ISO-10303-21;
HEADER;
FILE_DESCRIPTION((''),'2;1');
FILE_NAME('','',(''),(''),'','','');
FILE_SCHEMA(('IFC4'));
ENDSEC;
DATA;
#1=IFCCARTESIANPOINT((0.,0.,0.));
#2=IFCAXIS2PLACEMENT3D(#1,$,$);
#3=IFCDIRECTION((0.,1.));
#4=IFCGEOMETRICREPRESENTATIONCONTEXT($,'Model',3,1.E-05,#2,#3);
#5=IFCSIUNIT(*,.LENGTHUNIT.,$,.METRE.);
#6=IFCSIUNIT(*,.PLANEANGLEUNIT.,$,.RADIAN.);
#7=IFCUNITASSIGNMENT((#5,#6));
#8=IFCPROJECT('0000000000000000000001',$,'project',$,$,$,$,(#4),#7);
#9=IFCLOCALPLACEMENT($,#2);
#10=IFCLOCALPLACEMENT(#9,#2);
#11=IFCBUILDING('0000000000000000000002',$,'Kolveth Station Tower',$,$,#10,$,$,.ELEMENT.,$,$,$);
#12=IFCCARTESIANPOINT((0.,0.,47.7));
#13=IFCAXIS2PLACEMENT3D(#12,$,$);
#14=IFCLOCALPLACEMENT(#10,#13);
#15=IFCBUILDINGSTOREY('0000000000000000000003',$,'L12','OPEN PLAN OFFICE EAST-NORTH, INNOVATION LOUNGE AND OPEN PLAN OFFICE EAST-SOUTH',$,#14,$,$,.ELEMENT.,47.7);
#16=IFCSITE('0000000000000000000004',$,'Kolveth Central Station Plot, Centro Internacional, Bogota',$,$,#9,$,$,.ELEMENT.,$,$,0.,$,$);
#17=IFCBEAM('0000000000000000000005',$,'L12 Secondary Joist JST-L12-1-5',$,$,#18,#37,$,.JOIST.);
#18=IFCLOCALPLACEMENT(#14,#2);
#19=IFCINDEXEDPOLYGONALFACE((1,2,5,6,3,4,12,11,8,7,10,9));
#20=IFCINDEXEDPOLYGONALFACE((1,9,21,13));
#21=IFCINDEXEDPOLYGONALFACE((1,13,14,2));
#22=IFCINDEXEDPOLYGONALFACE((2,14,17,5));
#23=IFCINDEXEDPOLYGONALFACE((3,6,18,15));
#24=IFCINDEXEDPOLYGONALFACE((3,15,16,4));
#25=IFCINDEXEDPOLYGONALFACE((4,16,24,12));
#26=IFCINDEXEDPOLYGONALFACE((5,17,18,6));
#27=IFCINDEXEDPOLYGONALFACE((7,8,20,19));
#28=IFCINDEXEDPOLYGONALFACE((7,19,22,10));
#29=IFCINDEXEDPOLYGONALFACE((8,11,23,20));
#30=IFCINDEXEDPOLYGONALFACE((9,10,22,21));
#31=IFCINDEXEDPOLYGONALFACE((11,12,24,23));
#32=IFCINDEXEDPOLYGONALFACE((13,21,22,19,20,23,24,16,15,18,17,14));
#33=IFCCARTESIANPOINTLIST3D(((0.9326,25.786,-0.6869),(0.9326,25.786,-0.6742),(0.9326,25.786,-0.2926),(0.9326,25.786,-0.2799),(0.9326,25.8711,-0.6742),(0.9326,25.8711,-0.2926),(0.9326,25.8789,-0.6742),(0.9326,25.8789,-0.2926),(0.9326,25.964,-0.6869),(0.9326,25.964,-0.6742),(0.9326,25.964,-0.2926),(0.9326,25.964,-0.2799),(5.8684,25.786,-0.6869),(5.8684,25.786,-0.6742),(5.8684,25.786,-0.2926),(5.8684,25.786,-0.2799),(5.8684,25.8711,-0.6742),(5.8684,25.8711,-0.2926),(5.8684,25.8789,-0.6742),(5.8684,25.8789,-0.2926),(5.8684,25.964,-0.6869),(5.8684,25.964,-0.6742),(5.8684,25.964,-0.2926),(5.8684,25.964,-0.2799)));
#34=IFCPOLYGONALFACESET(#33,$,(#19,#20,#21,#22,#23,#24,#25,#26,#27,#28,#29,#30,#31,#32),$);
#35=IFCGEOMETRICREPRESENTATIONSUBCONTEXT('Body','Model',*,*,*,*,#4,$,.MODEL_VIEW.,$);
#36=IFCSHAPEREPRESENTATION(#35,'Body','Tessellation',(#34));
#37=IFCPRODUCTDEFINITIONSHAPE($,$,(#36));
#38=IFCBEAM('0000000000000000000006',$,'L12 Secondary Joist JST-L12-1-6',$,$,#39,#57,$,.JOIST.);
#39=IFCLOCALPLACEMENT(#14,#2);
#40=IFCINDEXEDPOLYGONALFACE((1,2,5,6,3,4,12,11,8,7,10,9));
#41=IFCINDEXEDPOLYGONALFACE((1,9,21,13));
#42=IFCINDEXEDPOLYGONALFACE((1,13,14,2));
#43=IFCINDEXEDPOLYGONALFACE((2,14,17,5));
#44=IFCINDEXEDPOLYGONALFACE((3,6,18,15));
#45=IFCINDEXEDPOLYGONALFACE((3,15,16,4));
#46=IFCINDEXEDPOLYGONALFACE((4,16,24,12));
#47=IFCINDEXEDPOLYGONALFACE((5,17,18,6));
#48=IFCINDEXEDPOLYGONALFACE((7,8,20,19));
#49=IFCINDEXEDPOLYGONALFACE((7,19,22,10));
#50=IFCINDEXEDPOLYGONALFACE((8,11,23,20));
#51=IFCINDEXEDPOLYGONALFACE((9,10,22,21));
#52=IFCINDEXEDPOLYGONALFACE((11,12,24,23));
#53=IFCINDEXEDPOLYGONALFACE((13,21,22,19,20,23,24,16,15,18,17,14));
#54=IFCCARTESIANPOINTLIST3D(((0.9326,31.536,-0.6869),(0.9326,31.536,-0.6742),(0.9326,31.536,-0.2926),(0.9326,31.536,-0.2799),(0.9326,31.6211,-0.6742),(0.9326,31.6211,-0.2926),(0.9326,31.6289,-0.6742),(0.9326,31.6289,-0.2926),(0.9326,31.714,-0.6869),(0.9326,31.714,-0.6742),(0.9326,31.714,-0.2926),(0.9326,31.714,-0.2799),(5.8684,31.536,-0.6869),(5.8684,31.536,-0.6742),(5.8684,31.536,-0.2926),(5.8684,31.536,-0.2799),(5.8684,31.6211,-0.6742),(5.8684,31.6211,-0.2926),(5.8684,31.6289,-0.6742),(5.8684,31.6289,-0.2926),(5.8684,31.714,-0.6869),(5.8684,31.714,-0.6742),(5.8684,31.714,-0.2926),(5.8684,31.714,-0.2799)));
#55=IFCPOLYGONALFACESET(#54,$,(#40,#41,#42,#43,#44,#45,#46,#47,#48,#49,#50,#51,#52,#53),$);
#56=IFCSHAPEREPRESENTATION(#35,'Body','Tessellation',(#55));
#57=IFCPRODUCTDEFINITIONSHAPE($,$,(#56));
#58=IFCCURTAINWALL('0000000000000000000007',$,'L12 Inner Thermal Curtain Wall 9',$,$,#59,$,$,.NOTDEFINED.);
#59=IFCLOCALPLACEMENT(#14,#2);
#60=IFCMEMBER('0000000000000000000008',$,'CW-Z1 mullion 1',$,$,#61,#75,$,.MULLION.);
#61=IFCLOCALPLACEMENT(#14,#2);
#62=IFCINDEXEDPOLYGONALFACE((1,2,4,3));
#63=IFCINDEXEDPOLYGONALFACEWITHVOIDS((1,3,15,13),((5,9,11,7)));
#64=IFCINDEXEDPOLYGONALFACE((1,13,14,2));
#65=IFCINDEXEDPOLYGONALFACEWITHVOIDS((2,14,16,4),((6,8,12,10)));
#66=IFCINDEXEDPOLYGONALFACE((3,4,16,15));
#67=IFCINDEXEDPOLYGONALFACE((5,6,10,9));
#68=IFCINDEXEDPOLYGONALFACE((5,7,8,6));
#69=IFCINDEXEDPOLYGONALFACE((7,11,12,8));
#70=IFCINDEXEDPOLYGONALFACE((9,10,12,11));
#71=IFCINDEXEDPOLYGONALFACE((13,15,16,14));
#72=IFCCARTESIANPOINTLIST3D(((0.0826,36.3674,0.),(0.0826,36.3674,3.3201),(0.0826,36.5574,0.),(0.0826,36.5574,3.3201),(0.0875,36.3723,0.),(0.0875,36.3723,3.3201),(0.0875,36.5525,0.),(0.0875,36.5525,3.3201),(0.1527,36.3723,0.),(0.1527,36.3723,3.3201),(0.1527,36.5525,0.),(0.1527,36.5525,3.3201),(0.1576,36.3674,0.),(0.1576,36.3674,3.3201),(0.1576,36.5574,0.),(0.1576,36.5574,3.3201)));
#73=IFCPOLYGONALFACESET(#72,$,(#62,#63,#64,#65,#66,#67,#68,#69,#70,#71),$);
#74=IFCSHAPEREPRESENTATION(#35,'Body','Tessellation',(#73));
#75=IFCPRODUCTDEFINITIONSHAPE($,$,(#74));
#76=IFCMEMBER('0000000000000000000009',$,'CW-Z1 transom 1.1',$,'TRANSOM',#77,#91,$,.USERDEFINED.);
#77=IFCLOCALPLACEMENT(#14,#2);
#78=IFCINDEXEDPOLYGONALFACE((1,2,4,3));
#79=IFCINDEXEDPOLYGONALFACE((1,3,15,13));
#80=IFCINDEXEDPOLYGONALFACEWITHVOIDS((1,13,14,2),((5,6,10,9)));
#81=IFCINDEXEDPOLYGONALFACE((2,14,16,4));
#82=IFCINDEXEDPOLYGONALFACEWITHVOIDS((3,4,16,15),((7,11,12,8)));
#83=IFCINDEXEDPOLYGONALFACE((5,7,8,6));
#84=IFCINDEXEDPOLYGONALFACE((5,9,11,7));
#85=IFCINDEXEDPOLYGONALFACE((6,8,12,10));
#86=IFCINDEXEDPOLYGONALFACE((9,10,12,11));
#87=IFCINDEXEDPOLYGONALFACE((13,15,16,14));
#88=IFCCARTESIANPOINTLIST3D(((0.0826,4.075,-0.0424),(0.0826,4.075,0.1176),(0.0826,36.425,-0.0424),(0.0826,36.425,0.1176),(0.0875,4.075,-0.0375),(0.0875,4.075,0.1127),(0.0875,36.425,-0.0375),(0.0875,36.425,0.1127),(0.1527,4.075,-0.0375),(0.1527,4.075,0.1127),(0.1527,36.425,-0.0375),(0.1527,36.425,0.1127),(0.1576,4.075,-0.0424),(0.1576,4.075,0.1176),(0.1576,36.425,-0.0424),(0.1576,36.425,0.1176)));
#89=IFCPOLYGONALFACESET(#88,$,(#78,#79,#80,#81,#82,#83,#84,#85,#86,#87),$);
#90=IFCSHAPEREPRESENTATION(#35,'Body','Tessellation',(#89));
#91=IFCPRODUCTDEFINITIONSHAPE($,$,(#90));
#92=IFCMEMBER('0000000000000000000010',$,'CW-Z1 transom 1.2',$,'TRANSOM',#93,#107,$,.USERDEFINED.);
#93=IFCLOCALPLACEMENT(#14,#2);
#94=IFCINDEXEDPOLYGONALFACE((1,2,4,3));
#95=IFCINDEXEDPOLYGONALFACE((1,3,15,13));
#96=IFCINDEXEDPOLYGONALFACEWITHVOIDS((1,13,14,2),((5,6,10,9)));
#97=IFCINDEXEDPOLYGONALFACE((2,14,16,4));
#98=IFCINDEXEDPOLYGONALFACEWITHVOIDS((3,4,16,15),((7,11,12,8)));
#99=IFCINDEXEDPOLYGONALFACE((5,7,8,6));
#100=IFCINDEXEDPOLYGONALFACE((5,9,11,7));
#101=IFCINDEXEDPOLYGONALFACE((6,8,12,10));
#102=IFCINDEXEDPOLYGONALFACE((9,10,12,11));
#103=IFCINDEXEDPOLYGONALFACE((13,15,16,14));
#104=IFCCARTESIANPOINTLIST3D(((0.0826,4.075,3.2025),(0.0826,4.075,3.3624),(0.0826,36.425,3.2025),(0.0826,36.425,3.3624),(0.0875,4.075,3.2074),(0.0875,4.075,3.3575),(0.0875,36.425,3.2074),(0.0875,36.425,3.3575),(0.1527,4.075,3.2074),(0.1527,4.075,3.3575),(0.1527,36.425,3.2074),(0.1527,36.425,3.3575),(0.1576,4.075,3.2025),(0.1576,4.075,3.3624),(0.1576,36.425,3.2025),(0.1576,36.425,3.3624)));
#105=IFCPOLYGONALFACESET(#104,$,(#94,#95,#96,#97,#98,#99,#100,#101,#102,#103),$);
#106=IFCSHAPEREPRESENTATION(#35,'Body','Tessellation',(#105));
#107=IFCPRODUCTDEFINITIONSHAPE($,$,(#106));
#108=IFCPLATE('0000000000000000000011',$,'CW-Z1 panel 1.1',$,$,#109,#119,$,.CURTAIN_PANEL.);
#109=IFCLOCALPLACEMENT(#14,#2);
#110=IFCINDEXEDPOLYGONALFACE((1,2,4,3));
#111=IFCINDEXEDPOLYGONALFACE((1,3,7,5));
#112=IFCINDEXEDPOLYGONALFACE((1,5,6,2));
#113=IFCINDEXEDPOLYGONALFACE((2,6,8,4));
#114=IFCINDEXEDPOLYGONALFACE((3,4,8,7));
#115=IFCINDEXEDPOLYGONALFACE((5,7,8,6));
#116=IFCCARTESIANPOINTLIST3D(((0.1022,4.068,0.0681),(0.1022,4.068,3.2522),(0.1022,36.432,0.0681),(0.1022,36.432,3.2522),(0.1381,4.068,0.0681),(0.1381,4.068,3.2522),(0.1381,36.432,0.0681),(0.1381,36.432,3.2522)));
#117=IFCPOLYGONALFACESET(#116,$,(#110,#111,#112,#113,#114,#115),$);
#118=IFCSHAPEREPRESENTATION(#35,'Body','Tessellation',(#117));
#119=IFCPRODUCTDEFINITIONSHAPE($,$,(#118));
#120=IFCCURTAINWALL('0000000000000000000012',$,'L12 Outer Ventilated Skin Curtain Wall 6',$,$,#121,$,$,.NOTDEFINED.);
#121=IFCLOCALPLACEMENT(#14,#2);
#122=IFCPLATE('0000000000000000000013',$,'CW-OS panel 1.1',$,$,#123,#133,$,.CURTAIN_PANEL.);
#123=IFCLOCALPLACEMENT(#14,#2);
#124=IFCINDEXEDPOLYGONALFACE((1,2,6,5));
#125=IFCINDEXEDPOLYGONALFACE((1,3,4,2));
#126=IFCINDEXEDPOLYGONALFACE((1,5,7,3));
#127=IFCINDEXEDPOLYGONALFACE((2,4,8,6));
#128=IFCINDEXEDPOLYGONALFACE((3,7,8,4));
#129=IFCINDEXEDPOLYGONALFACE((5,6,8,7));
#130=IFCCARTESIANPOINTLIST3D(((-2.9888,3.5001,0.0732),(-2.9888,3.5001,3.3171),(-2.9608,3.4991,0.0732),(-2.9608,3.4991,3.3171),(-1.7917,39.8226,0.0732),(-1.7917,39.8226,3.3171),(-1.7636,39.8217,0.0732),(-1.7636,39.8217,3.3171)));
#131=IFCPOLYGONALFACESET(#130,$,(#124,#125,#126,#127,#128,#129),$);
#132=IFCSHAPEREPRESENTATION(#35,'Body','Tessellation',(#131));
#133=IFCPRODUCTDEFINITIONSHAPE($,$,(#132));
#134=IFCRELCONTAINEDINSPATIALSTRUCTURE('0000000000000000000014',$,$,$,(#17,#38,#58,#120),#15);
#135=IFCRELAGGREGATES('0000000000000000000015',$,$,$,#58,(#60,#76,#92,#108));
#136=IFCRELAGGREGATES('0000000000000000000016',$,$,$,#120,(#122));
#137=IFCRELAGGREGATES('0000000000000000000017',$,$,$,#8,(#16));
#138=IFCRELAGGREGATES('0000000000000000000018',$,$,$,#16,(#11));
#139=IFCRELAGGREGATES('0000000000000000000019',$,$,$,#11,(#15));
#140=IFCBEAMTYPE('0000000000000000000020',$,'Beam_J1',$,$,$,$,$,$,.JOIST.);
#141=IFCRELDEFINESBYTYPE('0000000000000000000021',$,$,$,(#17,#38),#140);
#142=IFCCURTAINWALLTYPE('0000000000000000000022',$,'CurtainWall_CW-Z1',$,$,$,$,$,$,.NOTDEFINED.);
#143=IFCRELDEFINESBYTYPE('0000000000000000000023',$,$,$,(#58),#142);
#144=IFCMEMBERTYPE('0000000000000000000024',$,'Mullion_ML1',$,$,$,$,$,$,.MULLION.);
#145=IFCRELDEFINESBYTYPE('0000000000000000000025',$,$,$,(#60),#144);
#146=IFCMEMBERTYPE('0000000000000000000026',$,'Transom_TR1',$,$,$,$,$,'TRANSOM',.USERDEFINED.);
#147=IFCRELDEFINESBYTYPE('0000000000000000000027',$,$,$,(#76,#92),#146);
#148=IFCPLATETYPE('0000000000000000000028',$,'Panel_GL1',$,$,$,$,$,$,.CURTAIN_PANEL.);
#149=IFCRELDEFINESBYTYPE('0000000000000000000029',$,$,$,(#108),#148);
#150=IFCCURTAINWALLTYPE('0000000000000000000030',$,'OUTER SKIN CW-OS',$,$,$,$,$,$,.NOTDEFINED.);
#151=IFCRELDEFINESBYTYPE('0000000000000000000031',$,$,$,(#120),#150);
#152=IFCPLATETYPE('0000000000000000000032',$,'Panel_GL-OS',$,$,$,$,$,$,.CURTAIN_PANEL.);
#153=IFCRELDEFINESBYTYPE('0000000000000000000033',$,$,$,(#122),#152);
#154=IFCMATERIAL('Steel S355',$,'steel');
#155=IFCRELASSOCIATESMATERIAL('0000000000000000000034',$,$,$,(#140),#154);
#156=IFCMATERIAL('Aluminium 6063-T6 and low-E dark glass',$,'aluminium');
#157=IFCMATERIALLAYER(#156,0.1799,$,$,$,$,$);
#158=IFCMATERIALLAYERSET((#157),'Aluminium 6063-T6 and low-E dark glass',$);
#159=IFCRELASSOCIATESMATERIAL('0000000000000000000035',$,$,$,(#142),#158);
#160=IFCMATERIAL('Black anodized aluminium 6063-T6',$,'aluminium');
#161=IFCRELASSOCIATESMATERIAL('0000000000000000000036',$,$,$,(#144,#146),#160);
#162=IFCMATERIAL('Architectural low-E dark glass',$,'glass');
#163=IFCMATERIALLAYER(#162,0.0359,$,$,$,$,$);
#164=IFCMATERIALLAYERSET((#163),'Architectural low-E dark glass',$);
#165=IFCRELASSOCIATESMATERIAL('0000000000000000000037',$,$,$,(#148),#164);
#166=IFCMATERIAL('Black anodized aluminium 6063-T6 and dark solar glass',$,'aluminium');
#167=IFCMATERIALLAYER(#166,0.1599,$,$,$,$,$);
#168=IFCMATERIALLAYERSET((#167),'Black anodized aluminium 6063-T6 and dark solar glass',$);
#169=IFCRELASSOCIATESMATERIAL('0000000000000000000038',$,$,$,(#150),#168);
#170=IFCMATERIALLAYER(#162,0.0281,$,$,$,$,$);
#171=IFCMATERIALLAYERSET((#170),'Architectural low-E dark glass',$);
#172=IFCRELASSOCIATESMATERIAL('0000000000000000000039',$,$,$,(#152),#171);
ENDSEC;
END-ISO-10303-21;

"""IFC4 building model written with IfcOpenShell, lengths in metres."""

from ifc_helpers import new_model, si_unit, direction, frame, origin, origin_2d, place, context, subcontext, project, spatial, rectangle, hollow_rectangle, i_section, extrude, source, transform, mapped, material, layer, layer_set, material_profile, profile_set, type_object, element, aggregate, save


model = new_model("IFC4")

# Units and contexts
model_context = context("Model", 3, precision=1e-05, world=origin(), true_north=direction((0.0, 1.0)))
body_context = subcontext(model_context, "Body", "Model", "MODEL_VIEW")
ifc_project = project(units=[si_unit("LENGTHUNIT", "METRE"), si_unit("PLANEANGLEUNIT", "RADIAN")], contexts=[model_context])

# Site, building, storey
site_placement = place(None, origin())
site = spatial("IfcSite", under=ifc_project, at=site_placement, Name="Kolveth Central Station Plot, Centro Internacional, Bogota", CompositionType="ELEMENT", RefElevation=0.0)
building_placement = place(site_placement, origin())
building = spatial("IfcBuilding", under=site, at=building_placement, Name="Kolveth Station Tower", CompositionType="ELEMENT")
storey_placement = place(building_placement, frame((0.0, 0.0, 47.7)))
storey = spatial("IfcBuildingStorey", under=building, at=storey_placement, Name="L12", Description="OPEN PLAN OFFICE EAST-NORTH, INNOVATION LOUNGE AND OPEN PLAN OFFICE EAST-SOUTH", CompositionType="ELEMENT", Elevation=47.7)

# Shared definitions
ifc_material_1 = material(Name="Steel S355", Category="steel")

# Beams
ifc_material_profile_1 = material_profile(ifc_material_1, i_section(OverallWidth=0.178, OverallDepth=0.407, WebThickness=0.0078, FlangeThickness=0.0127, at=origin_2d()), Name="W410x60")
ifc_profile_set_1 = profile_set([ifc_material_profile_1], Name="Steel S355")
beam_type_1 = type_object("IfcBeamType", Name="Beam_J1", PredefinedType="JOIST", material=ifc_profile_set_1)
shared_shape_1 = source(origin(), body_context, "Body", "SweptSolid", [
    extrude(i_section(OverallWidth=0.178, OverallDepth=0.407, WebThickness=0.0078, FlangeThickness=0.0127, at=origin_2d()), origin(), (0.0, 0.0, 1.0), 4.9358),
])
for number, where, z_axis, x_axis, name in (
    (1, (0.9326, 25.875, -0.4834), (1.0, 0.0, 0.0), (0.0, 1.0, 0.0), "L12 Secondary Joist JST-L12-1-5"),
    (2, (0.9326, 31.625, -0.4834), (1.0, 0.0, 0.0), (0.0, 1.0, 0.0), "L12 Secondary Joist JST-L12-1-6"),
):
    element("IfcBeam", number, at=place(storey_placement, frame(where, z_axis=z_axis, x_axis=x_axis)), inside=storey, type_object=beam_type_1, Name=name, PredefinedType="JOIST", context=body_context, shape_type="MappedRepresentation", body=[
        mapped(shared_shape_1, transform((0.0, 0.0, 0.0), x_axis=(1.0, 0.0, 0.0), y_axis=(0.0, 1.0, 0.0), z_axis=(0.0, 0.0, 1.0), scale=1.0)),
    ])

# Curtain wall, members, plate
ifc_material_2 = material(Name="Aluminium 6063-T6 and low-E dark glass", Category="aluminium")
ifc_layer_1 = layer(ifc_material_2, 0.1799)
ifc_layer_set_1 = layer_set([ifc_layer_1], Name="Aluminium 6063-T6 and low-E dark glass")
curtain_wall_type_1 = type_object("IfcCurtainWallType", Name="CurtainWall_CW-Z1", PredefinedType="NOTDEFINED", material=ifc_layer_set_1)
curtain_wall_1_placement = place(storey_placement, origin())
curtain_wall_1 = element("IfcCurtainWall", 3, at=curtain_wall_1_placement, inside=storey, type_object=curtain_wall_type_1, Name="L12 Inner Thermal Curtain Wall 9", PredefinedType="NOTDEFINED")
ifc_material_3 = material(Name="Black anodized aluminium 6063-T6", Category="aluminium")
ifc_material_profile_2 = material_profile(ifc_material_3, hollow_rectangle(XDim=0.075, YDim=0.1899, WallThickness=0.0049, at=origin_2d()), Name="ALU-75x190x5")
ifc_profile_set_2 = profile_set([ifc_material_profile_2], Name="Black anodized aluminium 6063-T6")
member_type_1 = type_object("IfcMemberType", Name="Mullion_ML1", PredefinedType="MULLION", material=ifc_profile_set_2)
shared_shape_2 = source(origin(), body_context, "Body", "SweptSolid", [
    extrude(hollow_rectangle(XDim=0.075, YDim=0.1899, WallThickness=0.0049, at=origin_2d()), origin(), (0.0, 0.0, 1.0), 3.3201),
])
member_1_placement = place(storey_placement, frame((0.1201, 36.4624, 0.0), z_axis=(0.0, 0.0, 1.0), x_axis=(1.0, 0.0, 0.0)))
member_1 = element("IfcMember", 4, at=member_1_placement, type_object=member_type_1, Name="CW-Z1 mullion 1", PredefinedType="MULLION", context=body_context, shape_type="MappedRepresentation", body=[
    mapped(shared_shape_2, transform((0.0, 0.0, 0.0), x_axis=(1.0, 0.0, 0.0), y_axis=(0.0, 1.0, 0.0), z_axis=(0.0, 0.0, 1.0), scale=1.0)),
])
ifc_material_profile_3 = material_profile(ifc_material_3, hollow_rectangle(XDim=0.075, YDim=0.1599, WallThickness=0.0049, at=origin_2d()), Name="ALU-75x160x5")
ifc_profile_set_3 = profile_set([ifc_material_profile_3], Name="Black anodized aluminium 6063-T6")
member_type_2 = type_object("IfcMemberType", Name="Transom_TR1", ElementType="TRANSOM", PredefinedType="USERDEFINED", material=ifc_profile_set_3)
shared_shape_3 = source(origin(), body_context, "Body", "SweptSolid", [
    extrude(hollow_rectangle(XDim=0.075, YDim=0.1599, WallThickness=0.0049, at=origin_2d()), origin(), (0.0, 0.0, 1.0), 32.3501),
])
member_2_placement = place(storey_placement, frame((0.1201, 36.425, 0.0376), z_axis=(0.0, -1.0, 0.0), x_axis=(1.0, 0.0, 0.0)))
member_2 = element("IfcMember", 5, at=member_2_placement, type_object=member_type_2, Name="CW-Z1 transom 1.1", ObjectType="TRANSOM", PredefinedType="USERDEFINED", context=body_context, shape_type="MappedRepresentation", body=[
    mapped(shared_shape_3, transform((0.0, 0.0, 0.0), x_axis=(1.0, 0.0, 0.0), y_axis=(0.0, 1.0, 0.0), z_axis=(0.0, 0.0, 1.0), scale=1.0)),
])
member_3_placement = place(storey_placement, frame((0.1201, 36.425, 3.2825), z_axis=(0.0, -1.0, 0.0), x_axis=(1.0, 0.0, 0.0)))
member_3 = element("IfcMember", 6, at=member_3_placement, type_object=member_type_2, Name="CW-Z1 transom 1.2", ObjectType="TRANSOM", PredefinedType="USERDEFINED", context=body_context, shape_type="MappedRepresentation", body=[
    mapped(shared_shape_3, transform((0.0, 0.0, 0.0), x_axis=(1.0, 0.0, 0.0), y_axis=(0.0, 1.0, 0.0), z_axis=(0.0, 0.0, 1.0), scale=1.0)),
])
ifc_material_4 = material(Name="Architectural low-E dark glass", Category="glass")
ifc_layer_2 = layer(ifc_material_4, 0.0359)
ifc_layer_set_2 = layer_set([ifc_layer_2], Name="Architectural low-E dark glass")
plate_type_1 = type_object("IfcPlateType", Name="Panel_GL1", PredefinedType="CURTAIN_PANEL", material=ifc_layer_set_2)
shared_shape_4 = source(origin(), body_context, "Body", "SweptSolid", [
    extrude(rectangle(XDim=32.364, YDim=0.0359, at=origin_2d()), origin(), (0.0, 0.0, 1.0), 3.1841),
])
plate_1_placement = place(storey_placement, frame((0.1201, 20.25, 0.0681), z_axis=(0.0, 0.0, 1.0), x_axis=(0.0, -1.0, 0.0)))
plate_1 = element("IfcPlate", 7, at=plate_1_placement, type_object=plate_type_1, Name="CW-Z1 panel 1.1", PredefinedType="CURTAIN_PANEL", context=body_context, shape_type="MappedRepresentation", body=[
    mapped(shared_shape_4, transform((0.0, 0.0, 0.0), x_axis=(1.0, 0.0, 0.0), y_axis=(0.0, 1.0, 0.0), z_axis=(0.0, 0.0, 1.0), scale=1.0)),
])
aggregate(curtain_wall_1, [member_1, member_2, member_3, plate_1])

# Curtain wall, plate
ifc_material_5 = material(Name="Black anodized aluminium 6063-T6 and dark solar glass", Category="aluminium")
ifc_layer_3 = layer(ifc_material_5, 0.1599)
ifc_layer_set_3 = layer_set([ifc_layer_3], Name="Black anodized aluminium 6063-T6 and dark solar glass")
curtain_wall_type_2 = type_object("IfcCurtainWallType", Name="OUTER SKIN CW-OS", PredefinedType="NOTDEFINED", material=ifc_layer_set_3)
curtain_wall_2_placement = place(storey_placement, origin())
curtain_wall_2 = element("IfcCurtainWall", 8, at=curtain_wall_2_placement, inside=storey, type_object=curtain_wall_type_2, Name="L12 Outer Ventilated Skin Curtain Wall 6", PredefinedType="NOTDEFINED")
ifc_layer_4 = layer(ifc_material_4, 0.0281)
ifc_layer_set_4 = layer_set([ifc_layer_4], Name="Architectural low-E dark glass")
plate_type_2 = type_object("IfcPlateType", Name="Panel_GL-OS", PredefinedType="CURTAIN_PANEL", material=ifc_layer_set_4)
shared_shape_5 = source(origin(), body_context, "Body", "SweptSolid", [
    extrude(rectangle(XDim=36.3423, YDim=0.0281, at=origin_2d()), origin(), (0.0, 0.0, 1.0), 3.2439),
])
plate_2_placement = place(storey_placement, frame((-2.3762, 21.6609, 0.0732), z_axis=(0.0, 0.0, 1.0), x_axis=(-0.03294, -0.999457, 0.0)))
plate_2 = element("IfcPlate", 9, at=plate_2_placement, type_object=plate_type_2, Name="CW-OS panel 1.1", PredefinedType="CURTAIN_PANEL", context=body_context, shape_type="MappedRepresentation", body=[
    mapped(shared_shape_5, transform((0.0, 0.0, 0.0), x_axis=(1.0, 0.0, 0.0), y_axis=(0.0, 1.0, 0.0), z_axis=(0.0, 0.0, 1.0), scale=1.0)),
])
aggregate(curtain_wall_2, [plate_2])

save(model, "model.ifc")
